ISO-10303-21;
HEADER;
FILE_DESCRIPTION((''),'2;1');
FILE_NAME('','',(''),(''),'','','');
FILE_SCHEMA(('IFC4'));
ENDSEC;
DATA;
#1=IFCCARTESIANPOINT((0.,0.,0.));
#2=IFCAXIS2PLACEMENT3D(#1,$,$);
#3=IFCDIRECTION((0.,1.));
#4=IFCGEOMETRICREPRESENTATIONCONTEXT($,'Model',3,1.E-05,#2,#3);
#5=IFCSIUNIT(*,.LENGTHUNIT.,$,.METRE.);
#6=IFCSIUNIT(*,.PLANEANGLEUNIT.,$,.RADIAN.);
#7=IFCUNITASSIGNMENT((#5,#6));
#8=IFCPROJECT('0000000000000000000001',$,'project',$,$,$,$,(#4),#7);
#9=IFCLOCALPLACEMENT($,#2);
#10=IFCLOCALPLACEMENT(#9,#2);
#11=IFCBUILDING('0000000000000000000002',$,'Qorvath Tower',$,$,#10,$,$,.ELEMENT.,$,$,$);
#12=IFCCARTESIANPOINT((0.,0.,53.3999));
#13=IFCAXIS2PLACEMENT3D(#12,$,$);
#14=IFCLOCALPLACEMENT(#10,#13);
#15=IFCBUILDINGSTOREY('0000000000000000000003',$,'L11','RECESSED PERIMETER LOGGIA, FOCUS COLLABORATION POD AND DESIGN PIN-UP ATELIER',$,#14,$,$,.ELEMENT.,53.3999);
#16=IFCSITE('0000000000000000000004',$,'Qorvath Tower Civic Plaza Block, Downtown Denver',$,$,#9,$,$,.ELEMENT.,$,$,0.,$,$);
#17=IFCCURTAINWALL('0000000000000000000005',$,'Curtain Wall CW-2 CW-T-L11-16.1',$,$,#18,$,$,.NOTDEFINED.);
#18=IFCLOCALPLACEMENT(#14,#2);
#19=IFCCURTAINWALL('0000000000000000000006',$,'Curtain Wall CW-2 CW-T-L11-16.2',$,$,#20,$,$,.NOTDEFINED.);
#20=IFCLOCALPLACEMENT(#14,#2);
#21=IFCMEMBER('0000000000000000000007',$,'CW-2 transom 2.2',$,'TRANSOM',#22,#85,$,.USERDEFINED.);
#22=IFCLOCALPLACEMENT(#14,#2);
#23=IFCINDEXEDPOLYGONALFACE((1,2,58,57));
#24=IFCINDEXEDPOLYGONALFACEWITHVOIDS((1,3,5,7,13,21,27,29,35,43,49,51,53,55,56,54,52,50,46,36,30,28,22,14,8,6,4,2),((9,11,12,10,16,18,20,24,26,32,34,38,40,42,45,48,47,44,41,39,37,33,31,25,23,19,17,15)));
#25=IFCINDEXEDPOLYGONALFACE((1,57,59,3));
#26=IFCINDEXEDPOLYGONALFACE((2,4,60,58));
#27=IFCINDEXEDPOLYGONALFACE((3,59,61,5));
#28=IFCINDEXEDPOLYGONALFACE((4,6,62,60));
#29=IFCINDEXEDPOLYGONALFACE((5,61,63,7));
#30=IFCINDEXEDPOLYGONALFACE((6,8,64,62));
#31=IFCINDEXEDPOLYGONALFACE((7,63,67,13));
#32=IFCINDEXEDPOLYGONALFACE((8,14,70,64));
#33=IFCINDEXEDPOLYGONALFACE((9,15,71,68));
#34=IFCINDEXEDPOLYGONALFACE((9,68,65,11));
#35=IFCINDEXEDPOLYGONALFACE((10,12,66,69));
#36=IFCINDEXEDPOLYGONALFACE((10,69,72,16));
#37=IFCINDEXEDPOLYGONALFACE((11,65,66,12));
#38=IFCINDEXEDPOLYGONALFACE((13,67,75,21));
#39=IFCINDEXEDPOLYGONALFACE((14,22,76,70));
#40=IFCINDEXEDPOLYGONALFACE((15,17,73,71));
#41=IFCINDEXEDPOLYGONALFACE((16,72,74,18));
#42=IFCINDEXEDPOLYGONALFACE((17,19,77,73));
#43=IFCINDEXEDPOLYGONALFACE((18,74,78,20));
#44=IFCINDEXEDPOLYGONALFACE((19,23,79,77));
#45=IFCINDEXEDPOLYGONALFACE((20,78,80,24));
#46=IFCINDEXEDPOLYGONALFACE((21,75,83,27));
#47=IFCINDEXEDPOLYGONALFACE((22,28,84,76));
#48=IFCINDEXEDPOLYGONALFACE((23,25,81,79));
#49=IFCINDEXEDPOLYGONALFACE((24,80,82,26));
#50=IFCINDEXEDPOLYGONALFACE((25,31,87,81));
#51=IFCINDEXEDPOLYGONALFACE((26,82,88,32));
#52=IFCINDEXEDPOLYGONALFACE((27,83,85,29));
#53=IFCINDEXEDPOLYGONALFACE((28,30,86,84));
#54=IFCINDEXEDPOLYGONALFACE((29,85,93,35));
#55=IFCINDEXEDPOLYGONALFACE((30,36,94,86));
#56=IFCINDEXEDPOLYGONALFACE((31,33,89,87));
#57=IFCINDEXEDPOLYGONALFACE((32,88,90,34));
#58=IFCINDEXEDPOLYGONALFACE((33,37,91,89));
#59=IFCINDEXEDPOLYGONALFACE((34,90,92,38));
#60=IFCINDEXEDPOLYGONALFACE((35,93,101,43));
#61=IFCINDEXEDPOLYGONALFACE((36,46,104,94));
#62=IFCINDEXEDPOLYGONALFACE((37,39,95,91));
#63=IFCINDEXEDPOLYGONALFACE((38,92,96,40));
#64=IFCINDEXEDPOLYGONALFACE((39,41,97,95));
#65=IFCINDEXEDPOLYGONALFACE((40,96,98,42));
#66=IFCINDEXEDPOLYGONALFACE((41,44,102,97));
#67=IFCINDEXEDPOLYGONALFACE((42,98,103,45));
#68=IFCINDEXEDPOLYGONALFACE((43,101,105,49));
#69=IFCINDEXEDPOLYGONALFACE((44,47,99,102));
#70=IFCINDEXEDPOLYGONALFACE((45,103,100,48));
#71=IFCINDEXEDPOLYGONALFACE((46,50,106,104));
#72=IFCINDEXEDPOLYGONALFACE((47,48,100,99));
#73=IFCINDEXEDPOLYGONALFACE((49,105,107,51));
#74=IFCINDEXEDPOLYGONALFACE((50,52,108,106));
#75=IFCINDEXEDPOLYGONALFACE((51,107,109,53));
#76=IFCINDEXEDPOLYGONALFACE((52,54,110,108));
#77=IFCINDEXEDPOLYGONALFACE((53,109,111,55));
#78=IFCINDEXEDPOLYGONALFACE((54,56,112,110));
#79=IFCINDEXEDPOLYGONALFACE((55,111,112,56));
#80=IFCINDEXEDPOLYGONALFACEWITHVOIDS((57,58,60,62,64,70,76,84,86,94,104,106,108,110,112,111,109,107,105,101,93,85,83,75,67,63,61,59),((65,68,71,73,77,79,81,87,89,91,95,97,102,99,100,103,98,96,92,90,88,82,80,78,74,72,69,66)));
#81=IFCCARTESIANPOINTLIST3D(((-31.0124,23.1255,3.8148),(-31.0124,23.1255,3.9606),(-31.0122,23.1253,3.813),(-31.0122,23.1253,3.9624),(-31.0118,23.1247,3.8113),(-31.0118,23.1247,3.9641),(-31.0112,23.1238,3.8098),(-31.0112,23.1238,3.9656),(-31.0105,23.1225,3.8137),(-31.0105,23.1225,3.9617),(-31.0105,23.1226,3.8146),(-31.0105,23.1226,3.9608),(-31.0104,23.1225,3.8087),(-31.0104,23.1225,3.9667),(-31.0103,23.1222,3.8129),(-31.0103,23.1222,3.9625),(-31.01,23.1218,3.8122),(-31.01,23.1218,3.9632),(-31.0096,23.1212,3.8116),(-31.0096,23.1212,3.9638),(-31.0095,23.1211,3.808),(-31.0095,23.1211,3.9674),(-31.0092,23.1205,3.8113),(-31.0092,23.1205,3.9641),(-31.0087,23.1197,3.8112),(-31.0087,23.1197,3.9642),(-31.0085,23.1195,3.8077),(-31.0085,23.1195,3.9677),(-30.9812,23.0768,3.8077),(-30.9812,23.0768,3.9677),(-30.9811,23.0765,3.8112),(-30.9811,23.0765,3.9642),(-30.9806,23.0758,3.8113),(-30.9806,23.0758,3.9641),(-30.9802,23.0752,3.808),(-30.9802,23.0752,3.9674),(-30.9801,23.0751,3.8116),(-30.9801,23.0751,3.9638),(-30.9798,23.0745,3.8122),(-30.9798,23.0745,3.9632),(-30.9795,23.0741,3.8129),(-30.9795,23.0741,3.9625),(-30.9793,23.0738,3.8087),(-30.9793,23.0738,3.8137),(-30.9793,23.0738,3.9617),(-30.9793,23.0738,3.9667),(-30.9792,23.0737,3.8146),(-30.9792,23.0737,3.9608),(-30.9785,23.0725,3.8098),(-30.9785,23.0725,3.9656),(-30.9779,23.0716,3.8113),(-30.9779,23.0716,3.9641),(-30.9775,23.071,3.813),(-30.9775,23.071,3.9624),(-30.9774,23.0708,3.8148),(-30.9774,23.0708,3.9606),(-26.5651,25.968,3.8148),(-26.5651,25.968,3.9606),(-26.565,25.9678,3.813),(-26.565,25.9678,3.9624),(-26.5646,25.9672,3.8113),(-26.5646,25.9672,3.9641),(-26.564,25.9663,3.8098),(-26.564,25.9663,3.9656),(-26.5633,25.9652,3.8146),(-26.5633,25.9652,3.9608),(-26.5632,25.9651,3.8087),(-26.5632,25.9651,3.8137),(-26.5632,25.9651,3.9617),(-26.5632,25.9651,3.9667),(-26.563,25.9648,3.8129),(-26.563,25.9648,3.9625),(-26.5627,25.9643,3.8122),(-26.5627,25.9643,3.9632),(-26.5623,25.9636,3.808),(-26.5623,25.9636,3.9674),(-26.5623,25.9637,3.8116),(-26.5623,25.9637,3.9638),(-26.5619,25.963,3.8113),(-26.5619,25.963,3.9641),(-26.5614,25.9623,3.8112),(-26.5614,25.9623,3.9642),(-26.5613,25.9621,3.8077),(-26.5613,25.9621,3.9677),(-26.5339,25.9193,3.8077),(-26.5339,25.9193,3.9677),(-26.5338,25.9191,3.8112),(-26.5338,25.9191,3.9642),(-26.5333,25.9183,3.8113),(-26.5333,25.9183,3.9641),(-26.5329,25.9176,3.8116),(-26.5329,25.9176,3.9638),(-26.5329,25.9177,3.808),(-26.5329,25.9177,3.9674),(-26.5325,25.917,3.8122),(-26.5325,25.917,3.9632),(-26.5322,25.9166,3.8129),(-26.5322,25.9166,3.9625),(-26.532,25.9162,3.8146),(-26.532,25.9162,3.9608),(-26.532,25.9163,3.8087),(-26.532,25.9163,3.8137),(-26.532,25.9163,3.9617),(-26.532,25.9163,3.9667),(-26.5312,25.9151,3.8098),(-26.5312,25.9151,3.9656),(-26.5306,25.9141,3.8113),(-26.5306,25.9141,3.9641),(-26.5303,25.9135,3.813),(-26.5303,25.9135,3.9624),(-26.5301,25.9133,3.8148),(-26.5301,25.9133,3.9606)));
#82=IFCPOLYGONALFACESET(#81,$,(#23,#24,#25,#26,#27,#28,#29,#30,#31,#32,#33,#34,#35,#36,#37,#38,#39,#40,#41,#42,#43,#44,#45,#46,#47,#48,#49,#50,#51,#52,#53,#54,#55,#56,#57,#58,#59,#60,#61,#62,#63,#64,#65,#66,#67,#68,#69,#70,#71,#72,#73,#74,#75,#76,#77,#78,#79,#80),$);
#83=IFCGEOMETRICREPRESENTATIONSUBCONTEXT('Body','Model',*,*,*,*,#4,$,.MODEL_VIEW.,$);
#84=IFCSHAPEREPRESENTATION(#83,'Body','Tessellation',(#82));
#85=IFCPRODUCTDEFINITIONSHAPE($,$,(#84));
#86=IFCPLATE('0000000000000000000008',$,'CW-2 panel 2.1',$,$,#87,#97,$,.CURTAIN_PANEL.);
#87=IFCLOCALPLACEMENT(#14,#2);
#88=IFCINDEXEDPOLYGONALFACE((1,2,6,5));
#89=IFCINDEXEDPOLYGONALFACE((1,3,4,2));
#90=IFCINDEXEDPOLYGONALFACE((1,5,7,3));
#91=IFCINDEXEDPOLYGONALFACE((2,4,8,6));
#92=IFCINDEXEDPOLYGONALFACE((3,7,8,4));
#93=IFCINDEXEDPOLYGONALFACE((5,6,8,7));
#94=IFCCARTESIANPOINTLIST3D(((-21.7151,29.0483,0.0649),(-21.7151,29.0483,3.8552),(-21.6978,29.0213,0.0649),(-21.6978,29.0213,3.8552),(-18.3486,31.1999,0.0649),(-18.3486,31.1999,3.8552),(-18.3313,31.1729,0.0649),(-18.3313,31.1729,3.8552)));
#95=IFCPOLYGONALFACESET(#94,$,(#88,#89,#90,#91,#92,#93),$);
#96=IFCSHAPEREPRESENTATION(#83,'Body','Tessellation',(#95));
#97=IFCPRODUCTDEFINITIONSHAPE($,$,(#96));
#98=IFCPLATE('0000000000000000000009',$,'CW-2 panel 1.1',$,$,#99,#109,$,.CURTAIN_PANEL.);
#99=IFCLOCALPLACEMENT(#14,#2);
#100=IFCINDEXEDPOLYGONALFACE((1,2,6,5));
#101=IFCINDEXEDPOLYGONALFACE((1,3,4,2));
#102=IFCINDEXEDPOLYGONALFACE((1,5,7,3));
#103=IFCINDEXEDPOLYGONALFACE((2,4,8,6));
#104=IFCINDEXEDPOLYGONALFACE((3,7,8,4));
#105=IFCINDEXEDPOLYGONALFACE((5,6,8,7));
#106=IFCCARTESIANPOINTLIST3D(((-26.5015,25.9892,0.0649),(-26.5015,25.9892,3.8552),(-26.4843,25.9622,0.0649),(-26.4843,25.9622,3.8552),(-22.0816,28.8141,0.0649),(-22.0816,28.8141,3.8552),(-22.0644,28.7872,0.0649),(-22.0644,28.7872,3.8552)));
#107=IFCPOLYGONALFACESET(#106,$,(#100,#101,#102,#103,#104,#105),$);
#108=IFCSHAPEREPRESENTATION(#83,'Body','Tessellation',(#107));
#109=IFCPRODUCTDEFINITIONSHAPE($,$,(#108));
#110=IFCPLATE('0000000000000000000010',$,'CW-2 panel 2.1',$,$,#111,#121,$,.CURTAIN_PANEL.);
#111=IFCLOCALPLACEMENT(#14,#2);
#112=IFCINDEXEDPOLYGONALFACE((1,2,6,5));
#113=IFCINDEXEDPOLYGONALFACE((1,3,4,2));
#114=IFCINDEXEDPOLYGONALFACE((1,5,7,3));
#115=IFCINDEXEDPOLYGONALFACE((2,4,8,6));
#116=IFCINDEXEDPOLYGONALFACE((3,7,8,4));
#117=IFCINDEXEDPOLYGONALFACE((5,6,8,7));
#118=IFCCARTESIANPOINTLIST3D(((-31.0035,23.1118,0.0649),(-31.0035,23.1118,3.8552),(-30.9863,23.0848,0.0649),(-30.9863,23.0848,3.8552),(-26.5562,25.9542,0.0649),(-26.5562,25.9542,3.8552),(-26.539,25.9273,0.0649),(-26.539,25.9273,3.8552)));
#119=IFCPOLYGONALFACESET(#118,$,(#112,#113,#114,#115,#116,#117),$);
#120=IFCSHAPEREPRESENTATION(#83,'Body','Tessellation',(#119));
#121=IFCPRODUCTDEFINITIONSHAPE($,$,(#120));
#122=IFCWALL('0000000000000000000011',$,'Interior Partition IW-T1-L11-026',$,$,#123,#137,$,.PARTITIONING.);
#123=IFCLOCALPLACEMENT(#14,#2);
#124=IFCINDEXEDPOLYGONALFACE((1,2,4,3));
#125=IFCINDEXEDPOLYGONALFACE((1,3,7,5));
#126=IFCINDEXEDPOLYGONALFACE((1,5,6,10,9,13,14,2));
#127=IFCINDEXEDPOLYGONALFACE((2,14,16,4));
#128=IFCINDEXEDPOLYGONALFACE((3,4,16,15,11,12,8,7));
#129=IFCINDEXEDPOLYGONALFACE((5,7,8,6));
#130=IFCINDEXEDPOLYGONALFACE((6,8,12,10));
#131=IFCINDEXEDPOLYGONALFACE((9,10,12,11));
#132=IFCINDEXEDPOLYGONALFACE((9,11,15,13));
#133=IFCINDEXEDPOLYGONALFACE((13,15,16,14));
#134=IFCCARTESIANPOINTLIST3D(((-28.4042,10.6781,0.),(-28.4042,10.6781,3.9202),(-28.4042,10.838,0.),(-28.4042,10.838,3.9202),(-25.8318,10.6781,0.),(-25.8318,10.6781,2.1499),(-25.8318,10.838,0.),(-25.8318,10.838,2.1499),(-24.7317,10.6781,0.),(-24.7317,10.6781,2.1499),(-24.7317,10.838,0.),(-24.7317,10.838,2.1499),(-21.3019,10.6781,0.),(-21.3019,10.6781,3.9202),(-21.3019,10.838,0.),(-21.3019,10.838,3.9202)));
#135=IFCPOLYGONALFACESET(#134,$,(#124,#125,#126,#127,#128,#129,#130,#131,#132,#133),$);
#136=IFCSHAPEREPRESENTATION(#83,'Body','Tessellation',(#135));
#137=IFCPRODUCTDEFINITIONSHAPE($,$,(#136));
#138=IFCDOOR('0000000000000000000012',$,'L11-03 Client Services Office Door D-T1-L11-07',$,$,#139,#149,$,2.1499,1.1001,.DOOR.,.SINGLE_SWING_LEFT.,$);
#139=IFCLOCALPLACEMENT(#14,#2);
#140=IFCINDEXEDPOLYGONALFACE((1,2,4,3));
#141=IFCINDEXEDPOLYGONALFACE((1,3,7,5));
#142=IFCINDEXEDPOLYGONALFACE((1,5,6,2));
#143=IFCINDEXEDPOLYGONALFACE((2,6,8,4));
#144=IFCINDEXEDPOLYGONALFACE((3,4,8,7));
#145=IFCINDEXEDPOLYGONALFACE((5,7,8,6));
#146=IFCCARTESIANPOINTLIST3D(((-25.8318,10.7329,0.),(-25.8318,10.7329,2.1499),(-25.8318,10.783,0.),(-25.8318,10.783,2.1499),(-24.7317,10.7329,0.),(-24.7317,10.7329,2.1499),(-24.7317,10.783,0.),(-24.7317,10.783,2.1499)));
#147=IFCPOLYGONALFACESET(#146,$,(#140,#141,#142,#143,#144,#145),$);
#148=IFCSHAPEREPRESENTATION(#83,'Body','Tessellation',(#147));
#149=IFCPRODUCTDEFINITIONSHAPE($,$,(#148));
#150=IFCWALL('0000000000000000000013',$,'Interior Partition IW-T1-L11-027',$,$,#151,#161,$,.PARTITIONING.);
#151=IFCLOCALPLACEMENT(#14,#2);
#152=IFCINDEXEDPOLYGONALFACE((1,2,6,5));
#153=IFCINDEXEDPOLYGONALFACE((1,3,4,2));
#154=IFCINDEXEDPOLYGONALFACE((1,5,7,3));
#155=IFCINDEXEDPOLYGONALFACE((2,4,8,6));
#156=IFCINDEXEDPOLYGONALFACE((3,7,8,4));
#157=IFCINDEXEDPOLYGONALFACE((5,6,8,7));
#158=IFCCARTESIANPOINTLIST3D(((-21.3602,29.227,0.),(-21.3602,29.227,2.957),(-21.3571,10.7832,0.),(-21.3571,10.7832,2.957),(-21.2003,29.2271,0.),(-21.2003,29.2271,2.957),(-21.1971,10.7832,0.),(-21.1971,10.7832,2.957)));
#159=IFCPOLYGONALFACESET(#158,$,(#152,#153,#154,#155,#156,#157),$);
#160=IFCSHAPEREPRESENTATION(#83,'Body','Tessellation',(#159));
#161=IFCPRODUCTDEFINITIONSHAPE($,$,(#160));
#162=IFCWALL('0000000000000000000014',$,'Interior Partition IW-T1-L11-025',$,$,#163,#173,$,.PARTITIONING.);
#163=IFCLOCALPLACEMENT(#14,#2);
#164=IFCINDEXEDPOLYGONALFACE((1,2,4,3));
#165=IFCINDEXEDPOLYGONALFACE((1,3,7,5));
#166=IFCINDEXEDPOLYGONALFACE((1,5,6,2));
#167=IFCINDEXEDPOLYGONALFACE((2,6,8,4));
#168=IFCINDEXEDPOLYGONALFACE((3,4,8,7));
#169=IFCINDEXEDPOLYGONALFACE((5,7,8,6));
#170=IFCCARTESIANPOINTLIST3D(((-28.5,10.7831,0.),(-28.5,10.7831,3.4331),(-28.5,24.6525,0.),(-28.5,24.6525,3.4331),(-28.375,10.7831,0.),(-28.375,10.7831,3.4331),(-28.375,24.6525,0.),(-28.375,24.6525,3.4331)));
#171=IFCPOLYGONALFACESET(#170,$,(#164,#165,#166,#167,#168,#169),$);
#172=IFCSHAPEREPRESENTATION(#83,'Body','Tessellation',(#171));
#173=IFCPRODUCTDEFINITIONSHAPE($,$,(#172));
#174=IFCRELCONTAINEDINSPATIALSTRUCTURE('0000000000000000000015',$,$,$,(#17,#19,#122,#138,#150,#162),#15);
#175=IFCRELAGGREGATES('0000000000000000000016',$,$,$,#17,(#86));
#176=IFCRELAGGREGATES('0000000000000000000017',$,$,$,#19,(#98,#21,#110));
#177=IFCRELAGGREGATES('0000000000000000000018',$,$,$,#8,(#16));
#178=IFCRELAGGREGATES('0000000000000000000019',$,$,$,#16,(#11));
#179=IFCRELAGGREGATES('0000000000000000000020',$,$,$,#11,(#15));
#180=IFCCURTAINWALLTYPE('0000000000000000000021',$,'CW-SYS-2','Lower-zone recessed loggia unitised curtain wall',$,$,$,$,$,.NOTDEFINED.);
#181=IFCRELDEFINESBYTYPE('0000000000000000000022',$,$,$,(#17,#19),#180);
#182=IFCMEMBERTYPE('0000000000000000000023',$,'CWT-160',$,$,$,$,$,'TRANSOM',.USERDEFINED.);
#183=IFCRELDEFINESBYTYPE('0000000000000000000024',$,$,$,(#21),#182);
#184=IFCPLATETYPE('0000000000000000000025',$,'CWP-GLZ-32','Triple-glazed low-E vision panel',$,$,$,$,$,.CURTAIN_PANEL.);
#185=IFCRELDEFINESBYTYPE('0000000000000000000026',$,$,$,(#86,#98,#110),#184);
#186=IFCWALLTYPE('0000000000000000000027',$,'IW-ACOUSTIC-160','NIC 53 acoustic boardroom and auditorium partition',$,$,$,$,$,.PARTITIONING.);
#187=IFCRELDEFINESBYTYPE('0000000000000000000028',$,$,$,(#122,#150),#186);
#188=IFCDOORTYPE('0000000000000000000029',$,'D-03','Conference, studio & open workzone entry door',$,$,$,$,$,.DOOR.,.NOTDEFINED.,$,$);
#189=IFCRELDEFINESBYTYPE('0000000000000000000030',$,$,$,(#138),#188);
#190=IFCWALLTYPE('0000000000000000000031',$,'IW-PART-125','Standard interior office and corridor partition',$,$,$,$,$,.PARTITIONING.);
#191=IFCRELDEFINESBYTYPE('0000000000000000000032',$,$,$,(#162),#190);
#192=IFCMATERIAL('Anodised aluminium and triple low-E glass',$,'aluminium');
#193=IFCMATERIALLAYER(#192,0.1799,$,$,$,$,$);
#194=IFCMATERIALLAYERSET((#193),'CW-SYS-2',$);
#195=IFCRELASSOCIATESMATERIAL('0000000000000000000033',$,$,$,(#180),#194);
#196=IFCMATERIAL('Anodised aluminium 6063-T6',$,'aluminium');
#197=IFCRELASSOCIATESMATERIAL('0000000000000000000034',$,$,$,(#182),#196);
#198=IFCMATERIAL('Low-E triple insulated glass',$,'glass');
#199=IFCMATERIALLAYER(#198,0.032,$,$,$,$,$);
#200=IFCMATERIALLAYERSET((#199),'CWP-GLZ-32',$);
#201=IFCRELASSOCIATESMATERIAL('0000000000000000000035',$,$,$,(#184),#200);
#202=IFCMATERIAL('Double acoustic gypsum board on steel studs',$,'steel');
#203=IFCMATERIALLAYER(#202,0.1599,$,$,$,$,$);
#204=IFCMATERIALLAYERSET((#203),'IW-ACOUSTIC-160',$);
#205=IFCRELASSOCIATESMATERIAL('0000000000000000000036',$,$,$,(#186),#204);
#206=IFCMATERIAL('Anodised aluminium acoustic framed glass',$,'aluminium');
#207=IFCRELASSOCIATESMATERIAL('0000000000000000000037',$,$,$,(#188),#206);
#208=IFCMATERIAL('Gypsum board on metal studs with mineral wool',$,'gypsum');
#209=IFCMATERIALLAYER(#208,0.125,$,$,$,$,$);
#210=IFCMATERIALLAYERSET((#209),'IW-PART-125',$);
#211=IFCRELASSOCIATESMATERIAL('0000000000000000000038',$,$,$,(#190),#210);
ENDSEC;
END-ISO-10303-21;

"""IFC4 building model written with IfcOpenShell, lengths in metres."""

from ifc_helpers import new_model, si_unit, direction, frame, frame_2d, origin, origin_2d, place, context, subcontext, project, spatial, rectangle, hollow_rectangle, extrude, material, layer, layer_set, material_profile, profile_set, type_object, element, fill, aggregate, save


model = new_model("IFC4")

# Units and contexts
model_context = context("Model", 3, precision=1e-05, world=origin(), true_north=direction((0.0, 1.0)))
body_context = subcontext(model_context, "Body", "Model", "MODEL_VIEW")
ifc_project = project(units=[si_unit("LENGTHUNIT", "METRE"), si_unit("PLANEANGLEUNIT", "RADIAN")], contexts=[model_context])

# Site, building, storey
site_placement = place(None, origin())
site = spatial("IfcSite", under=ifc_project, at=site_placement, Name="Qorvath Tower Civic Plaza Block, Downtown Denver", CompositionType="ELEMENT", RefElevation=0.0)
building_placement = place(site_placement, origin())
building = spatial("IfcBuilding", under=site, at=building_placement, Name="Qorvath Tower", CompositionType="ELEMENT")
storey_placement = place(building_placement, frame((0.0, 0.0, 53.3999)))
storey = spatial("IfcBuildingStorey", under=building, at=storey_placement, Name="L11", Description="RECESSED PERIMETER LOGGIA, FOCUS COLLABORATION POD AND DESIGN PIN-UP ATELIER", CompositionType="ELEMENT", Elevation=53.3999)

# Curtain wall
ifc_material_1 = material(Name="Anodised aluminium and triple low-E glass", Category="aluminium")
ifc_layer_1 = layer(ifc_material_1, 0.1799)
ifc_layer_set_1 = layer_set([ifc_layer_1], Name="CW-SYS-2")
curtain_wall_type = type_object("IfcCurtainWallType", Name="CW-SYS-2", Description="Lower-zone recessed loggia unitised curtain wall", PredefinedType="NOTDEFINED", material=ifc_layer_set_1)
curtain_wall_1_placement = place(storey_placement, origin())
curtain_wall_1 = element("IfcCurtainWall", 1, at=curtain_wall_1_placement, inside=storey, type_object=curtain_wall_type, Name="Curtain Wall CW-2 CW-T-L11-16.1", PredefinedType="NOTDEFINED")

# Curtain wall, member
curtain_wall_2_placement = place(storey_placement, origin())
curtain_wall_2 = element("IfcCurtainWall", 2, at=curtain_wall_2_placement, inside=storey, type_object=curtain_wall_type, Name="Curtain Wall CW-2 CW-T-L11-16.2", PredefinedType="NOTDEFINED")
ifc_material_2 = material(Name="Anodised aluminium 6063-T6", Category="aluminium")
ifc_material_profile_1 = material_profile(ifc_material_2, hollow_rectangle(XDim=0.0649, YDim=0.1599, WallThickness=0.0034, InnerFilletRadius=0.0034, OuterFilletRadius=0.0071, at=origin_2d()), Name="CWT 160x65")
ifc_profile_set_1 = profile_set([ifc_material_profile_1], Name="Anodised aluminium 6063-T6")
member_type_1 = type_object("IfcMemberType", Name="CWT-160", ElementType="TRANSOM", PredefinedType="USERDEFINED", material=ifc_profile_set_1)
member_1_placement = place(storey_placement, frame((-26.5476, 25.9407, 3.8877), z_axis=(-0.842591, -0.538554, 0.0), x_axis=(0.538554, -0.842591, 0.0)))
member_1 = element("IfcMember", 3, at=member_1_placement, type_object=member_type_1, Name="CW-2 transom 2.2", ObjectType="TRANSOM", PredefinedType="USERDEFINED", context=body_context, shape_type="SweptSolid", body=[
    extrude(hollow_rectangle(XDim=0.0649, YDim=0.1599, WallThickness=0.0034, InnerFilletRadius=0.0034, OuterFilletRadius=0.0071, at=origin_2d()), origin(), (0.0, 0.0, 1.0), 5.2781),
])

# Plates
ifc_material_3 = material(Name="Low-E triple insulated glass", Category="glass")
ifc_layer_2 = layer(ifc_material_3, 0.032)
ifc_layer_set_2 = layer_set([ifc_layer_2], Name="CWP-GLZ-32")
plate_type = type_object("IfcPlateType", Name="CWP-GLZ-32", Description="Triple-glazed low-E vision panel", PredefinedType="CURTAIN_PANEL", material=ifc_layer_set_2)
plate_1_placement = place(storey_placement, frame((-20.0232, 30.1106, 0.0649), z_axis=(0.0, 0.0, 1.0), x_axis=(-0.842604, -0.538533, 0.0)))
plate_1 = element("IfcPlate", 4, at=plate_1_placement, type_object=plate_type, Name="CW-2 panel 2.1", PredefinedType="CURTAIN_PANEL", context=body_context, shape_type="SweptSolid", body=[
    extrude(rectangle(XDim=3.9954, YDim=0.032, at=origin_2d()), origin(), (0.0, 0.0, 1.0), 3.7903),
])
aggregate(curtain_wall_1, [plate_1])
plate_2_placement = place(storey_placement, frame((-24.283, 27.3882, 0.0649), z_axis=(0.0, 0.0, 1.0), x_axis=(-0.842599, -0.538541, 0.0)))
plate_2 = element("IfcPlate", 5, at=plate_2_placement, type_object=plate_type, Name="CW-2 panel 1.1", PredefinedType="CURTAIN_PANEL", context=body_context, shape_type="SweptSolid", body=[
    extrude(rectangle(XDim=5.2456, YDim=0.032, at=origin_2d()), origin(), (0.0, 0.0, 1.0), 3.7903),
])
plate_3_placement = place(storey_placement, frame((-28.7712, 24.5195, 0.0649), z_axis=(0.0, 0.0, 1.0), x_axis=(-0.842599, -0.538541, 0.0)))
plate_3 = element("IfcPlate", 6, at=plate_3_placement, type_object=plate_type, Name="CW-2 panel 2.1", PredefinedType="CURTAIN_PANEL", context=body_context, shape_type="SweptSolid", body=[
    extrude(rectangle(XDim=5.2781, YDim=0.032, at=origin_2d()), origin(), (0.0, 0.0, 1.0), 3.7903),
])
aggregate(curtain_wall_2, [plate_2, member_1, plate_3])

# Wall, opening, door
ifc_material_4 = material(Name="Double acoustic gypsum board on steel studs", Category="steel")
ifc_layer_3 = layer(ifc_material_4, 0.1599)
ifc_layer_set_3 = layer_set([ifc_layer_3], Name="IW-ACOUSTIC-160")
wall_type_1 = type_object("IfcWallType", Name="IW-ACOUSTIC-160", Description="NIC 53 acoustic boardroom and auditorium partition", PredefinedType="PARTITIONING", material=ifc_layer_set_3)
wall_1_placement = place(storey_placement, frame((-28.4043, 10.7581, 0.0), z_axis=(0.0, 0.0, 1.0), x_axis=(1.0, 0.0, 0.0)))
wall_1 = element("IfcWall", 7, at=wall_1_placement, inside=storey, type_object=wall_type_1, Name="Interior Partition IW-T1-L11-026", PredefinedType="PARTITIONING", context=body_context, shape_type="SweptSolid", body=[
    extrude(rectangle(XDim=7.1023, YDim=0.1599, at=frame_2d((3.5513, 0.0))), origin(), (0.0, 0.0, 1.0), 3.9202),
])
opening_1_placement = place(wall_1_placement, frame((2.5725, 0.0, 0.0)))
opening_1 = element("IfcOpeningElement", 8, at=opening_1_placement, cuts=wall_1, PredefinedType="OPENING", context=body_context, shape_type="SweptSolid", body=[
    extrude(rectangle(XDim=1.1001, YDim=2.1499, at=frame_2d((0.55, 1.075))), frame((0.0, 0.0898, 0.0), z_axis=(0.0, -1.0, 0.0), x_axis=(1.0, 0.0, 0.0)), (0.0, 0.0, 1.0), 0.1799),
])
ifc_material_5 = material(Name="Anodised aluminium acoustic framed glass", Category="aluminium")
door_type_1 = type_object("IfcDoorType", Name="D-03", Description="Conference, studio & open workzone entry door", OperationType="NOTDEFINED", PredefinedType="DOOR", material=ifc_material_5)
door_1_placement = place(opening_1_placement, origin())
door_1 = element("IfcDoor", 9, at=door_1_placement, inside=storey, type_object=door_type_1, Name="L11-03 Client Services Office Door D-T1-L11-07", OperationType="SINGLE_SWING_LEFT", OverallHeight=2.1499, OverallWidth=1.1001, PredefinedType="DOOR", context=body_context, shape_type="SweptSolid", body=[
    extrude(rectangle(XDim=1.1001, YDim=2.1499, at=frame_2d((0.55, 1.075))), frame((0.0, 0.0249, 0.0), z_axis=(0.0, -1.0, 0.0), x_axis=(1.0, 0.0, 0.0)), (0.0, 0.0, 1.0), 0.05),
])
fill(opening_1, door_1)

# Walls
wall_2_placement = place(storey_placement, frame((-21.2771, 10.7832, 0.0), z_axis=(0.0, 0.0, 1.0), x_axis=(-0.000172, 1.0, 0.0)))
element("IfcWall", 10, at=wall_2_placement, inside=storey, type_object=wall_type_1, Name="Interior Partition IW-T1-L11-027", PredefinedType="PARTITIONING", context=body_context, shape_type="SweptSolid", body=[
    extrude(rectangle(XDim=18.4438, YDim=0.1599, at=frame_2d((9.2219, 0.0))), origin(), (0.0, 0.0, 1.0), 2.957),
])
ifc_material_6 = material(Name="Gypsum board on metal studs with mineral wool", Category="gypsum")
ifc_layer_4 = layer(ifc_material_6, 0.125)
ifc_layer_set_4 = layer_set([ifc_layer_4], Name="IW-PART-125")
wall_type_2 = type_object("IfcWallType", Name="IW-PART-125", Description="Standard interior office and corridor partition", PredefinedType="PARTITIONING", material=ifc_layer_set_4)
wall_3_placement = place(storey_placement, frame((-28.4375, 10.7832, 0.0), z_axis=(0.0, 0.0, 1.0), x_axis=(0.0, 1.0, 0.0)))
element("IfcWall", 11, at=wall_3_placement, inside=storey, type_object=wall_type_2, Name="Interior Partition IW-T1-L11-025", PredefinedType="PARTITIONING", context=body_context, shape_type="SweptSolid", body=[
    extrude(rectangle(XDim=13.8694, YDim=0.125, at=frame_2d((6.9346, 0.0))), origin(), (0.0, 0.0, 1.0), 3.4331),
])

save(model, "model.ifc")
